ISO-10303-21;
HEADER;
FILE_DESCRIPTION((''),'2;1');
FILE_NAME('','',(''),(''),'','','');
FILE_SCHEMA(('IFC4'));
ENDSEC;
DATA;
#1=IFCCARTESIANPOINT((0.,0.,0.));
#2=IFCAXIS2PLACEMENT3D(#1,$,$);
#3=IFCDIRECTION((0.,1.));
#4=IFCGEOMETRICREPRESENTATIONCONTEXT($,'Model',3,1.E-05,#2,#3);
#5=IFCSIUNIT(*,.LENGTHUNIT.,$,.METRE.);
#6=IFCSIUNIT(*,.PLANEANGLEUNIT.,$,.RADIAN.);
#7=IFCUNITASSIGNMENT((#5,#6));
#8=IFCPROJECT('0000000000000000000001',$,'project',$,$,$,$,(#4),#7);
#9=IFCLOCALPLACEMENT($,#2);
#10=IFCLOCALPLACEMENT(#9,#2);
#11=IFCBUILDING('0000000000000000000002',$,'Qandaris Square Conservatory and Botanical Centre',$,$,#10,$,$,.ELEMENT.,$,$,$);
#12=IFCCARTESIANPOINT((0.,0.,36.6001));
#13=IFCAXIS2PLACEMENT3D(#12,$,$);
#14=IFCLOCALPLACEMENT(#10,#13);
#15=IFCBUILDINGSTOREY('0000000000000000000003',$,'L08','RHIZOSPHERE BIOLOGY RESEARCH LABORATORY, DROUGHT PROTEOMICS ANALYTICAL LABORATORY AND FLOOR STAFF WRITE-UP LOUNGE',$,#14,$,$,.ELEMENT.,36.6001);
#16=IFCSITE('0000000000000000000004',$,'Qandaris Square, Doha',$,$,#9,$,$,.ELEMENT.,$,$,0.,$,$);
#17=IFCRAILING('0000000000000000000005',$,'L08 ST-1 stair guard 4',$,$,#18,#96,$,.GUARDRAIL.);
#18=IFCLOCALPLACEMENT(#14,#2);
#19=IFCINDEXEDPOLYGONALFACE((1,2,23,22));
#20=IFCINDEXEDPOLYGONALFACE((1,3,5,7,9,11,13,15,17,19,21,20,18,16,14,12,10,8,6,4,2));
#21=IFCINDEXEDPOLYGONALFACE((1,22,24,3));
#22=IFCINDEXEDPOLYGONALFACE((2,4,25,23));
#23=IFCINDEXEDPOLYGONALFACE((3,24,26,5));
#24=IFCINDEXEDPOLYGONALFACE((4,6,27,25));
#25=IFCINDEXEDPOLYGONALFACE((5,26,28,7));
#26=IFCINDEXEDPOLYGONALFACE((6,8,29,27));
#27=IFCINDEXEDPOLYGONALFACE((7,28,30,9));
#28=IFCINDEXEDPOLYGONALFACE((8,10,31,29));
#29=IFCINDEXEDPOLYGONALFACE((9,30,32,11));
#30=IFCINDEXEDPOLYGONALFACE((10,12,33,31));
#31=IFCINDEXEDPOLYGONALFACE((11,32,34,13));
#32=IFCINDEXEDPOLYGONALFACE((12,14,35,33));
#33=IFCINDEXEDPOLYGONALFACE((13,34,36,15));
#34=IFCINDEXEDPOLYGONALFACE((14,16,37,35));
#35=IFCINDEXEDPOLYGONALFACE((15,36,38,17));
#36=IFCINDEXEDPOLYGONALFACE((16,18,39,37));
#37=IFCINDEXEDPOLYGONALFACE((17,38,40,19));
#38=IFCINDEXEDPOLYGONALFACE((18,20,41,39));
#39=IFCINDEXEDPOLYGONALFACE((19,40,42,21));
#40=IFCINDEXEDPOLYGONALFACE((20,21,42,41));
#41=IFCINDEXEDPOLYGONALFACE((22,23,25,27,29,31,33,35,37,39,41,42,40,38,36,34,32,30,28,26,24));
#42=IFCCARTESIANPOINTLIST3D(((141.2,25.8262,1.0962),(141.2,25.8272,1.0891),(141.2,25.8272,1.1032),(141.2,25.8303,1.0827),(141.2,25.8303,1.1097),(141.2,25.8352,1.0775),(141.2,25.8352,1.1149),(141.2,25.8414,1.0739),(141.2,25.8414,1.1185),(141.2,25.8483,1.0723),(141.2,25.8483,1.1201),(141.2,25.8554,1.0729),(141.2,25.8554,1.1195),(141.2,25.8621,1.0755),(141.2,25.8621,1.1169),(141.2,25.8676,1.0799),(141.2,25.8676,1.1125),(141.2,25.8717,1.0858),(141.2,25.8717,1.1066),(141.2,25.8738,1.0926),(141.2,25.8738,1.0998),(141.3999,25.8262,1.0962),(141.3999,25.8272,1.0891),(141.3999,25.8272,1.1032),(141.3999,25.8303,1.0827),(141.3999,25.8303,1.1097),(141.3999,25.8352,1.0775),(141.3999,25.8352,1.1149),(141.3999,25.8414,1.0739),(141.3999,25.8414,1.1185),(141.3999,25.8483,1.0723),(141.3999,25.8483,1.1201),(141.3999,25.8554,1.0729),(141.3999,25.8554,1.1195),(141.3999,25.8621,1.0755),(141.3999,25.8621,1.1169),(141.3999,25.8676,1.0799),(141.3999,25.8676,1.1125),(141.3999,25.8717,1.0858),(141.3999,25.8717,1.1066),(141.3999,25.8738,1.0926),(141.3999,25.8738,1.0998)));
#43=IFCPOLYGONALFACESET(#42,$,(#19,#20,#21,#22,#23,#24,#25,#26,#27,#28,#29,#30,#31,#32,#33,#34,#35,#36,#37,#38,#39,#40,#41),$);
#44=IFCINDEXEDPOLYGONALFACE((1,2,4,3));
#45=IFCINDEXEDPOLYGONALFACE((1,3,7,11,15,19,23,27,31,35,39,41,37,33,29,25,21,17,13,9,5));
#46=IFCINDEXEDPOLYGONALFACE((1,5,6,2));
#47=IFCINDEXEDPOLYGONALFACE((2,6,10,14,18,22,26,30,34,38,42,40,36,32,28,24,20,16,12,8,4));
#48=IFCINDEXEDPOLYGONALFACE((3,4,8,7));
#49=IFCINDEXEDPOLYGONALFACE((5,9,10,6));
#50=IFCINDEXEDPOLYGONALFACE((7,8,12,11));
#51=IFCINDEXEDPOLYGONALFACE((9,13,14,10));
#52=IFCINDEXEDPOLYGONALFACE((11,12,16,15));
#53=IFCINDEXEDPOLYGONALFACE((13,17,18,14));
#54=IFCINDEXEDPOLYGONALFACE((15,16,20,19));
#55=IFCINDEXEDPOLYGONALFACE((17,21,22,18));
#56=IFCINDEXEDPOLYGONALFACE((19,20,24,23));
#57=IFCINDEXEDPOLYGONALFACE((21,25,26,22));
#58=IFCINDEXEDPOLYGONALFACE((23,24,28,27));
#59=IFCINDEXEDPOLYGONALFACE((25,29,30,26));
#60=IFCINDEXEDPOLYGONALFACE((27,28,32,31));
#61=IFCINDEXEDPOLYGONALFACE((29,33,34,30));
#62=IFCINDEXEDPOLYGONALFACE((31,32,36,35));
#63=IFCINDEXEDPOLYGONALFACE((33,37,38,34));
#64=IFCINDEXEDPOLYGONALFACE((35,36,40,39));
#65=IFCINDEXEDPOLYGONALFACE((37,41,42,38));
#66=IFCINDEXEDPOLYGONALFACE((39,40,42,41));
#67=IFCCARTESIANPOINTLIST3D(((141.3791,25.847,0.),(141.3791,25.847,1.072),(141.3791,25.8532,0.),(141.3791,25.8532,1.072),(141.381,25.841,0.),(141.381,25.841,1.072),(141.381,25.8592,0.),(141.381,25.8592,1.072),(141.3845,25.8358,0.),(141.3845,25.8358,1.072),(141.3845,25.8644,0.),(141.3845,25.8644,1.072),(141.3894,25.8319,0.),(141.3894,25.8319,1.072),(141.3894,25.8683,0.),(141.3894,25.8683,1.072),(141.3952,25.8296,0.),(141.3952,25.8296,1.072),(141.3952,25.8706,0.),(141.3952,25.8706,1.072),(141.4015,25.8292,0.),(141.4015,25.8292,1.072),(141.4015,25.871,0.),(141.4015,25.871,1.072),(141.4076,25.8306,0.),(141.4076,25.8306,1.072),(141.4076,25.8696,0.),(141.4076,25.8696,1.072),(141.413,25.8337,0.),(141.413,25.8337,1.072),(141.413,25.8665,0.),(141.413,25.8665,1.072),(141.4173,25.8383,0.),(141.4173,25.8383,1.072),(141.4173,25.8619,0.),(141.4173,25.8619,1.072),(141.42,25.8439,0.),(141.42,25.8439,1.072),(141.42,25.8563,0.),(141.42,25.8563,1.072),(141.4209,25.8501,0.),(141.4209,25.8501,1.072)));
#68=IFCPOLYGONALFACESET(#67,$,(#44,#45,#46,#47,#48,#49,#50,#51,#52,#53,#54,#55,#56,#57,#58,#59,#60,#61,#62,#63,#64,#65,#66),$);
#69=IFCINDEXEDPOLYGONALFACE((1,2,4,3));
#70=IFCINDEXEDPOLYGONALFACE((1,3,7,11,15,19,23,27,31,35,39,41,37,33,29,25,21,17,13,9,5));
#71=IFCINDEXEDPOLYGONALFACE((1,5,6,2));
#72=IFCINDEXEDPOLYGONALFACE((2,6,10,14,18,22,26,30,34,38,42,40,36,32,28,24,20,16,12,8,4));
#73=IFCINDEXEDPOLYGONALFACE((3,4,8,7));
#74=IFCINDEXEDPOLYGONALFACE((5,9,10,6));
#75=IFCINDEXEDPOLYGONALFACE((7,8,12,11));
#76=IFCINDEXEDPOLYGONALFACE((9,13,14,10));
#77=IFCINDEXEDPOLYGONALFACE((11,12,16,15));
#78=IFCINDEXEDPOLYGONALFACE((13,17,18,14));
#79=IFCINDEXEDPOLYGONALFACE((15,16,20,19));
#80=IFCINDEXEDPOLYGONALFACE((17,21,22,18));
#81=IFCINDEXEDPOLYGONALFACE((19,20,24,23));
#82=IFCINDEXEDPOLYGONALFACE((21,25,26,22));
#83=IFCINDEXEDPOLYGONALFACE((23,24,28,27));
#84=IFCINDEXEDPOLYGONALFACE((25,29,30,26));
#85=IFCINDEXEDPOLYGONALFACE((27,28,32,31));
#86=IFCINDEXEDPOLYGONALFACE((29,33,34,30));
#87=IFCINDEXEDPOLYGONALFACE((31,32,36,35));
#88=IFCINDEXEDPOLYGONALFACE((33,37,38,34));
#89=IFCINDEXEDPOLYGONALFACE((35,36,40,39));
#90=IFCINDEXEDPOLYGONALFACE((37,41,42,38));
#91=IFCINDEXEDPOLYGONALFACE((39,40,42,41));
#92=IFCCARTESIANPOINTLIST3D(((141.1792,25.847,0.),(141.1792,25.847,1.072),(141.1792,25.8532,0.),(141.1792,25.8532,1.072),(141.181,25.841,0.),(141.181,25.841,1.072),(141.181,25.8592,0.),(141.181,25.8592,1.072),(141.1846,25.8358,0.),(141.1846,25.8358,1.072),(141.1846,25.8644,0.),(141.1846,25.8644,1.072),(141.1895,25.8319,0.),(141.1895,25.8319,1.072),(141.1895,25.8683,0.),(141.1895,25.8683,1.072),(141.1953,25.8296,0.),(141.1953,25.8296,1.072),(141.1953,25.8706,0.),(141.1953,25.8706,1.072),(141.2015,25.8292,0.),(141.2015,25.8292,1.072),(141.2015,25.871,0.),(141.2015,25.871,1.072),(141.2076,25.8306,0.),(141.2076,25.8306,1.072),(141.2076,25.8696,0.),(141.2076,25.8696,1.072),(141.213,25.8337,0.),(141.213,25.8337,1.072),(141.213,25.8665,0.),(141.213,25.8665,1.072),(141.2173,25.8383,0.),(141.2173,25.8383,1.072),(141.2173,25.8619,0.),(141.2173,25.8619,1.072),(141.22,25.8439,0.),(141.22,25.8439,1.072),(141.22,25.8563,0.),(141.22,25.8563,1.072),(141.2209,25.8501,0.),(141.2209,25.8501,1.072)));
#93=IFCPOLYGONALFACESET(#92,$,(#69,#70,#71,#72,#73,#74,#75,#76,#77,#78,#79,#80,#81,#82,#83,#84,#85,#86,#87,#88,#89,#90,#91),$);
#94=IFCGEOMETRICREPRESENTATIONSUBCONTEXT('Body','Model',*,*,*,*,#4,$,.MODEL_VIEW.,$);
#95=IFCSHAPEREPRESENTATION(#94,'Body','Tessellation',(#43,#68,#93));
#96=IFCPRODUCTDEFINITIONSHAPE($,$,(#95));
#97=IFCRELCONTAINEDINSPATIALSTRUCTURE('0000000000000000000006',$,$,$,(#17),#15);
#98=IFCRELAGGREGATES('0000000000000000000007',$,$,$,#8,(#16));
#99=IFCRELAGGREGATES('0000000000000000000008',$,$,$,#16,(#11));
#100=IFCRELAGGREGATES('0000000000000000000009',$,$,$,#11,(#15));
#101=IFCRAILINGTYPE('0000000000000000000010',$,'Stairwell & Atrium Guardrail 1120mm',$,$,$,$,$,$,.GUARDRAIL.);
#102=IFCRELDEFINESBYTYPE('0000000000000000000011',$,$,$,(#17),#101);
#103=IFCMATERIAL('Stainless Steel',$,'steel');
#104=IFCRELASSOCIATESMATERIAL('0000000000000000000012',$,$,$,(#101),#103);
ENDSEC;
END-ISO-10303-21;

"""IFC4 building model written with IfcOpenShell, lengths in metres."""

from ifc_helpers import new_model, si_unit, direction, frame, origin, origin_2d, place, context, subcontext, project, spatial, circle, extrude, material, type_object, element, save


model = new_model("IFC4")

# Units and contexts
model_context = context("Model", 3, precision=1e-05, world=origin(), true_north=direction((0.0, 1.0)))
body_context = subcontext(model_context, "Body", "Model", "MODEL_VIEW")
ifc_project = project(units=[si_unit("LENGTHUNIT", "METRE"), si_unit("PLANEANGLEUNIT", "RADIAN")], contexts=[model_context])

# Site, building, storey
site_placement = place(None, origin())
site = spatial("IfcSite", under=ifc_project, at=site_placement, Name="Qandaris Square, Doha", CompositionType="ELEMENT", RefElevation=0.0)
building_placement = place(site_placement, origin())
building = spatial("IfcBuilding", under=site, at=building_placement, Name="Qandaris Square Conservatory and Botanical Centre", CompositionType="ELEMENT")
storey_placement = place(building_placement, frame((0.0, 0.0, 36.6001)))
storey = spatial("IfcBuildingStorey", under=building, at=storey_placement, Name="L08", Description="RHIZOSPHERE BIOLOGY RESEARCH LABORATORY, DROUGHT PROTEOMICS ANALYTICAL LABORATORY AND FLOOR STAFF WRITE-UP LOUNGE", CompositionType="ELEMENT", Elevation=36.6001)

# Railing
ifc_material_1 = material(Name="Stainless Steel", Category="steel")
railing_type_1 = type_object("IfcRailingType", Name="Stairwell & Atrium Guardrail 1120mm", PredefinedType="GUARDRAIL", material=ifc_material_1)
railing_1_placement = place(storey_placement, frame((141.3999, 25.8501, 0.0)))
element("IfcRailing", 1, at=railing_1_placement, inside=storey, type_object=railing_type_1, Name="L08 ST-1 stair guard 4", PredefinedType="GUARDRAIL", context=body_context, shape_type="SweptSolid", body=[
    extrude(circle(Radius=0.0239, at=origin_2d()), frame((0.0, 0.0, 1.0962), z_axis=(-1.0, 0.0, 0.0), x_axis=(0.0, -1.0, 0.0)), (0.0, 0.0, 1.0), 0.2),
    extrude(circle(Radius=0.021, at=origin_2d()), origin(), (0.0, 0.0, 1.0), 1.072),
    extrude(circle(Radius=0.021, at=origin_2d()), frame((-0.2, 0.0, 0.0)), (0.0, 0.0, 1.0), 1.072),
])

save(model, "model.ifc")
